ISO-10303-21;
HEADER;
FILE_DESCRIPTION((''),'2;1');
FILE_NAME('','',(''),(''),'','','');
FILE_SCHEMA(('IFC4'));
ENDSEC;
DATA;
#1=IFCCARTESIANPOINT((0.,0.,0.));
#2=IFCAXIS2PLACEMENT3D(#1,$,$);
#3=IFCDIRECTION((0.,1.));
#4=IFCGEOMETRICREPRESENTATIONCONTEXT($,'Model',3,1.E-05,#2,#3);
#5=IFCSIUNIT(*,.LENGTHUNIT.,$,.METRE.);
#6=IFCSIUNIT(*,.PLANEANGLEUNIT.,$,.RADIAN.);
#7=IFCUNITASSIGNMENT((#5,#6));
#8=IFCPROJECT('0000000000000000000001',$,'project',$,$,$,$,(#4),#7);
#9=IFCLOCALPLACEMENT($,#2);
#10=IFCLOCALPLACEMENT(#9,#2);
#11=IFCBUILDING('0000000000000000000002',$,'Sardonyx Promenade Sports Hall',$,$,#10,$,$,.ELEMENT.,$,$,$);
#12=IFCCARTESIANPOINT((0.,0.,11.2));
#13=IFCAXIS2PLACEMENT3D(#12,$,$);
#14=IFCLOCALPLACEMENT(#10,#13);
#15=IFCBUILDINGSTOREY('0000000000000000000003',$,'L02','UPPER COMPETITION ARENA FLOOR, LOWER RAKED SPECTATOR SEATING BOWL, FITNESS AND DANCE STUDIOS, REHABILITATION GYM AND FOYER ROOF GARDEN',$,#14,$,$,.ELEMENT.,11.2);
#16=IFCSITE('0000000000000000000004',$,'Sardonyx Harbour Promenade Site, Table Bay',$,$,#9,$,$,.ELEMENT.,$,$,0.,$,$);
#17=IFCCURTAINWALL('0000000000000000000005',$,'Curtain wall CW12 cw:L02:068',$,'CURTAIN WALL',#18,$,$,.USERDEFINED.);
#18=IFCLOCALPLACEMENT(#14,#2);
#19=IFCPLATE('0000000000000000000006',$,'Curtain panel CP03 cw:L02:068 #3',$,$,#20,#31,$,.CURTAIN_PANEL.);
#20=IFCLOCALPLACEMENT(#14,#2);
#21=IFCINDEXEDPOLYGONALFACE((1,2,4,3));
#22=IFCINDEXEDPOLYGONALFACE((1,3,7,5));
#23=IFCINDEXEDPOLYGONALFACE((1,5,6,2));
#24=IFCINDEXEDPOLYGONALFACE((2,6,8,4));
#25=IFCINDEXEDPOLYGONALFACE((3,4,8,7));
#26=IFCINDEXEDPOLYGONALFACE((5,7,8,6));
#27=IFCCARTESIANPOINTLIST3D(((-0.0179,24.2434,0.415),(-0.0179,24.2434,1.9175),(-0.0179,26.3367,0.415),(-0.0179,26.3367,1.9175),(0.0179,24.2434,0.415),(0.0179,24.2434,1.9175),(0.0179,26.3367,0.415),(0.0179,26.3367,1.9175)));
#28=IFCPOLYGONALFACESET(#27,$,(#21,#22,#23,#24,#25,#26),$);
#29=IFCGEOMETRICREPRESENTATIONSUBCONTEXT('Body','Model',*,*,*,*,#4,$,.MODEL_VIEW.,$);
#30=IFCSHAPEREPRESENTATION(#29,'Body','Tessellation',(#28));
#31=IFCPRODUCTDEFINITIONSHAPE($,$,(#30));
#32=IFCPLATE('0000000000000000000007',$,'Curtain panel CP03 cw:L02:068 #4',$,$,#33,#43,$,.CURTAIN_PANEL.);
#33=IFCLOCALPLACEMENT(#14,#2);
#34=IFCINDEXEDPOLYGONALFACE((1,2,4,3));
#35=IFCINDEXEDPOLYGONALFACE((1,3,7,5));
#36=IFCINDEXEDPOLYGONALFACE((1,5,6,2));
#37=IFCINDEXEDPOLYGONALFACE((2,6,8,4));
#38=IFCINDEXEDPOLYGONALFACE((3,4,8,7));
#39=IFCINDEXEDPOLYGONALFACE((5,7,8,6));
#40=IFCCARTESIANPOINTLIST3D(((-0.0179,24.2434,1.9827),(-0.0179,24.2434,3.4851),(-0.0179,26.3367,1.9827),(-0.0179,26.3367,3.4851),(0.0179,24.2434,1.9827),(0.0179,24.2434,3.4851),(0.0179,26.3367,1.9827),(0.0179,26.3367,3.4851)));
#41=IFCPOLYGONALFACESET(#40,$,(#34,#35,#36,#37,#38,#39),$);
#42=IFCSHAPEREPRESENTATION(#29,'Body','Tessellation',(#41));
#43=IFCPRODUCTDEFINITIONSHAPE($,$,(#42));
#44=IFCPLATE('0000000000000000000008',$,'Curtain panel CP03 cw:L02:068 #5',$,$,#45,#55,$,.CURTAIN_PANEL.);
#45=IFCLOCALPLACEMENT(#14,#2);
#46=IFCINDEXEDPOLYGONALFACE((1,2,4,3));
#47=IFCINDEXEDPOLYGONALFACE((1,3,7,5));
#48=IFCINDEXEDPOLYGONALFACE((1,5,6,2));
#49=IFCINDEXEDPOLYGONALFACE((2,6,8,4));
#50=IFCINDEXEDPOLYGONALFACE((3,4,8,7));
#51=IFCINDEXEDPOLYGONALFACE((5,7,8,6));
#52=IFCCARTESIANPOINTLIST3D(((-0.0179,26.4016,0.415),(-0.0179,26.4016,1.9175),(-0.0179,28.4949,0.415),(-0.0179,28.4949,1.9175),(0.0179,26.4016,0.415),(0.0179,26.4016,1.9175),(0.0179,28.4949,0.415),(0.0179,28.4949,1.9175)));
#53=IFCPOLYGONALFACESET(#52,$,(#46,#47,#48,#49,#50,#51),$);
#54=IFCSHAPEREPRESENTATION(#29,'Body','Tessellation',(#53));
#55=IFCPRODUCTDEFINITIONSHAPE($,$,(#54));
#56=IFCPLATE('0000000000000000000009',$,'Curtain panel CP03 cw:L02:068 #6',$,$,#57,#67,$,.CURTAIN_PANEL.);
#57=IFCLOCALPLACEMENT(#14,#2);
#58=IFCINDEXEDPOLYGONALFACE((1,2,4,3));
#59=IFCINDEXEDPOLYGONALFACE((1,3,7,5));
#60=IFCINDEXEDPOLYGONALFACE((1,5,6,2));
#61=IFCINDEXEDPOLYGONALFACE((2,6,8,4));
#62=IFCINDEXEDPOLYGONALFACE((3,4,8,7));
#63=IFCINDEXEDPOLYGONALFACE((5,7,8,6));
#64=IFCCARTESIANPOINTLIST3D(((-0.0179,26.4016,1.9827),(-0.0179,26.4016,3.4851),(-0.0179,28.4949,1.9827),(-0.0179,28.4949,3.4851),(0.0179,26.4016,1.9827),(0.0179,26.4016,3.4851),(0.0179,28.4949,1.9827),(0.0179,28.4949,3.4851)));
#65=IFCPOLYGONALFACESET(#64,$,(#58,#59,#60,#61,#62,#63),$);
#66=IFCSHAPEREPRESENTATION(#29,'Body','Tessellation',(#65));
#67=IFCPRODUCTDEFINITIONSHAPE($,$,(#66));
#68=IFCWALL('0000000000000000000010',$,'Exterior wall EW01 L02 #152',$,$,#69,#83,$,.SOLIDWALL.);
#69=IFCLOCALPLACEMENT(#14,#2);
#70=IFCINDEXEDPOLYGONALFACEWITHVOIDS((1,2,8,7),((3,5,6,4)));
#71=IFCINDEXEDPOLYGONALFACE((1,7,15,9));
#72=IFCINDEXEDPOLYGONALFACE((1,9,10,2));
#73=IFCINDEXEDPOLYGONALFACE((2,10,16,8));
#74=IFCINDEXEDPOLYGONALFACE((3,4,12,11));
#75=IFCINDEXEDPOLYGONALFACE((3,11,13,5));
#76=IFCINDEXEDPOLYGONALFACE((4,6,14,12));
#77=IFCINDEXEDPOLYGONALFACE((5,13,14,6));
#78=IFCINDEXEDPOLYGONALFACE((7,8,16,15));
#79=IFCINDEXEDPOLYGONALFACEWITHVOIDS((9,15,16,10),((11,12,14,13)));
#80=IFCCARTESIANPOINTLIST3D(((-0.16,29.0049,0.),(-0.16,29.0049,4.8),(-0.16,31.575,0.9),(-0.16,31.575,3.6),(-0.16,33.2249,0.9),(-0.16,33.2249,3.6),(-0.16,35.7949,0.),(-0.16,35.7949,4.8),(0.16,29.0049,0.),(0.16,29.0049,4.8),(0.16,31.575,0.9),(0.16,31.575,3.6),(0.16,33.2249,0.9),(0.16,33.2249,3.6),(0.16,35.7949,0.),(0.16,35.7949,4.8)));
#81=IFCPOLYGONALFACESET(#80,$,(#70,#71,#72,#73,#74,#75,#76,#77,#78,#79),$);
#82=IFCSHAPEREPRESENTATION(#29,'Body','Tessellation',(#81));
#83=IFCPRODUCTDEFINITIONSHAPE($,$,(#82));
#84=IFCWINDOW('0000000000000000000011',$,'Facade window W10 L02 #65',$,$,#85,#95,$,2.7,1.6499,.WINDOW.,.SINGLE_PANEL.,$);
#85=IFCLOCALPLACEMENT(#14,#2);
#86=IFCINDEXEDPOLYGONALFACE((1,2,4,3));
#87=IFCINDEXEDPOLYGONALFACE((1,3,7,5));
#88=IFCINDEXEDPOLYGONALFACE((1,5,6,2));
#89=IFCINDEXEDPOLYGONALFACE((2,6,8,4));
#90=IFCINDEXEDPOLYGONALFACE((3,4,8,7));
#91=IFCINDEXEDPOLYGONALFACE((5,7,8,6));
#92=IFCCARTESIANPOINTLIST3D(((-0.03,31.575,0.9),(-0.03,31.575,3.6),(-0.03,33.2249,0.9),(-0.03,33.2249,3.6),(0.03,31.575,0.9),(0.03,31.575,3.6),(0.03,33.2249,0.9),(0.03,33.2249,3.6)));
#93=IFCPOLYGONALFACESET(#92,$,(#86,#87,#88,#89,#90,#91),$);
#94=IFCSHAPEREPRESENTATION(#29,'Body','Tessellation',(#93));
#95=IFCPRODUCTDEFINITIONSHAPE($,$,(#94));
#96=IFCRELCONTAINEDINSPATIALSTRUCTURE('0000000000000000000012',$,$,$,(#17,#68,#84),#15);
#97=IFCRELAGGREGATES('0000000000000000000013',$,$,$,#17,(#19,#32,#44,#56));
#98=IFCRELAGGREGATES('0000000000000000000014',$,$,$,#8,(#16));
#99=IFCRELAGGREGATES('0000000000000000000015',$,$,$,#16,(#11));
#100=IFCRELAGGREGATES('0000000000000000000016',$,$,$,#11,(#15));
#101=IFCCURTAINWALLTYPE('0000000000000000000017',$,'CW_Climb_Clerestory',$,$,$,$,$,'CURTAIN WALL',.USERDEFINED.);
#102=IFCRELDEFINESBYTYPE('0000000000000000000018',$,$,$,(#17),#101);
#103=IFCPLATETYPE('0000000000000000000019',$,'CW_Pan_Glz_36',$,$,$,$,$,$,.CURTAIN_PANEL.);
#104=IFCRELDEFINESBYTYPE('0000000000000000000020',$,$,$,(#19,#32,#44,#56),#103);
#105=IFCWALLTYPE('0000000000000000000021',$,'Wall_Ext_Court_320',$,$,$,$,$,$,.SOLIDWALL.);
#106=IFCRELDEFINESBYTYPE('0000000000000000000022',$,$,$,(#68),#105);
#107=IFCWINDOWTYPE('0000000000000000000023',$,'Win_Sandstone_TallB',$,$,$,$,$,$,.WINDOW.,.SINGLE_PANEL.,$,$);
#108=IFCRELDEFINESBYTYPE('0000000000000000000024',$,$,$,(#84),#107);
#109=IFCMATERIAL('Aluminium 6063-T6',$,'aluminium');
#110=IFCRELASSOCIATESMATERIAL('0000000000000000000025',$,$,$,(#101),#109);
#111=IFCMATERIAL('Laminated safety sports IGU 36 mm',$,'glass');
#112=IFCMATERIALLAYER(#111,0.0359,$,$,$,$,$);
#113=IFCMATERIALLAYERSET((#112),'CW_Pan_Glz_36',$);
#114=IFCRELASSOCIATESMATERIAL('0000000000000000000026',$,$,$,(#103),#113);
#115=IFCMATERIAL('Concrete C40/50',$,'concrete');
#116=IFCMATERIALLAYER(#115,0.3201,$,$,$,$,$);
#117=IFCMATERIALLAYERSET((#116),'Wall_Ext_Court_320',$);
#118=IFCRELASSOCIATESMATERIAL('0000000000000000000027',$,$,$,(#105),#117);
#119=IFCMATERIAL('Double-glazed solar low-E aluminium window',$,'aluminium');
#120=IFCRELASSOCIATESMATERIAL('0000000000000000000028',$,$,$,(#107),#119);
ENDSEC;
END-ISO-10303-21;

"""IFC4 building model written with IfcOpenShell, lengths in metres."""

from ifc_helpers import new_model, si_unit, direction, frame, frame_2d, origin, origin_2d, place, context, subcontext, project, spatial, rectangle, extrude, material, layer, layer_set, type_object, element, fill, aggregate, save


model = new_model("IFC4")

# Units and contexts
model_context = context("Model", 3, precision=1e-05, world=origin(), true_north=direction((0.0, 1.0)))
body_context = subcontext(model_context, "Body", "Model", "MODEL_VIEW")
ifc_project = project(units=[si_unit("LENGTHUNIT", "METRE"), si_unit("PLANEANGLEUNIT", "RADIAN")], contexts=[model_context])

# Site, building, storey
site_placement = place(None, origin())
site = spatial("IfcSite", under=ifc_project, at=site_placement, Name="Sardonyx Harbour Promenade Site, Table Bay", CompositionType="ELEMENT", RefElevation=0.0)
building_placement = place(site_placement, origin())
building = spatial("IfcBuilding", under=site, at=building_placement, Name="Sardonyx Promenade Sports Hall", CompositionType="ELEMENT")
storey_placement = place(building_placement, frame((0.0, 0.0, 11.2)))
storey = spatial("IfcBuildingStorey", under=building, at=storey_placement, Name="L02", Description="UPPER COMPETITION ARENA FLOOR, LOWER RAKED SPECTATOR SEATING BOWL, FITNESS AND DANCE STUDIOS, REHABILITATION GYM AND FOYER ROOF GARDEN", CompositionType="ELEMENT", Elevation=11.2)

# Curtain wall, plates
ifc_material_1 = material(Name="Aluminium 6063-T6", Category="aluminium")
curtain_wall_type = type_object("IfcCurtainWallType", Name="CW_Climb_Clerestory", ElementType="CURTAIN WALL", PredefinedType="USERDEFINED", material=ifc_material_1)
curtain_wall_placement = place(storey_placement, origin())
curtain_wall = element("IfcCurtainWall", 1, at=curtain_wall_placement, inside=storey, type_object=curtain_wall_type, Name="Curtain wall CW12 cw:L02:068", ObjectType="CURTAIN WALL", PredefinedType="USERDEFINED")
ifc_material_2 = material(Name="Laminated safety sports IGU 36 mm", Category="glass")
ifc_layer_1 = layer(ifc_material_2, 0.0359)
ifc_layer_set_1 = layer_set([ifc_layer_1], Name="CW_Pan_Glz_36")
plate_type = type_object("IfcPlateType", Name="CW_Pan_Glz_36", PredefinedType="CURTAIN_PANEL", material=ifc_layer_set_1)
plate_1_placement = place(storey_placement, frame((0.0, 25.29, 0.415), z_axis=(0.0, 0.0, 1.0), x_axis=(0.0, 1.0, 0.0)))
plate_1 = element("IfcPlate", 2, at=plate_1_placement, type_object=plate_type, Name="Curtain panel CP03 cw:L02:068 #3", PredefinedType="CURTAIN_PANEL", context=body_context, shape_type="SweptSolid", body=[
    extrude(rectangle(XDim=2.0933, YDim=0.0359, at=origin_2d()), origin(), (0.0, 0.0, 1.0), 1.5024),
])
plate_2_placement = place(storey_placement, frame((0.0, 25.29, 1.9827), z_axis=(0.0, 0.0, 1.0), x_axis=(0.0, 1.0, 0.0)))
plate_2 = element("IfcPlate", 3, at=plate_2_placement, type_object=plate_type, Name="Curtain panel CP03 cw:L02:068 #4", PredefinedType="CURTAIN_PANEL", context=body_context, shape_type="SweptSolid", body=[
    extrude(rectangle(XDim=2.0933, YDim=0.0359, at=origin_2d()), origin(), (0.0, 0.0, 1.0), 1.5024),
])
plate_3_placement = place(storey_placement, frame((0.0, 27.4482, 0.415), z_axis=(0.0, 0.0, 1.0), x_axis=(0.0, 1.0, 0.0)))
plate_3 = element("IfcPlate", 4, at=plate_3_placement, type_object=plate_type, Name="Curtain panel CP03 cw:L02:068 #5", PredefinedType="CURTAIN_PANEL", context=body_context, shape_type="SweptSolid", body=[
    extrude(rectangle(XDim=2.0933, YDim=0.0359, at=origin_2d()), origin(), (0.0, 0.0, 1.0), 1.5024),
])
plate_4_placement = place(storey_placement, frame((0.0, 27.4482, 1.9827), z_axis=(0.0, 0.0, 1.0), x_axis=(0.0, 1.0, 0.0)))
plate_4 = element("IfcPlate", 5, at=plate_4_placement, type_object=plate_type, Name="Curtain panel CP03 cw:L02:068 #6", PredefinedType="CURTAIN_PANEL", context=body_context, shape_type="SweptSolid", body=[
    extrude(rectangle(XDim=2.0933, YDim=0.0359, at=origin_2d()), origin(), (0.0, 0.0, 1.0), 1.5024),
])
aggregate(curtain_wall, [plate_1, plate_2, plate_3, plate_4])

# Wall, opening, window
ifc_material_3 = material(Name="Concrete C40/50", Category="concrete")
ifc_layer_2 = layer(ifc_material_3, 0.3201)
ifc_layer_set_2 = layer_set([ifc_layer_2], Name="Wall_Ext_Court_320")
wall_type = type_object("IfcWallType", Name="Wall_Ext_Court_320", PredefinedType="SOLIDWALL", material=ifc_layer_set_2)
wall_placement = place(storey_placement, frame((0.0, 29.0049, 0.0), z_axis=(0.0, 0.0, 1.0), x_axis=(0.0, 1.0, 0.0)))
wall = element("IfcWall", 6, at=wall_placement, inside=storey, type_object=wall_type, Name="Exterior wall EW01 L02 #152", PredefinedType="SOLIDWALL", context=body_context, shape_type="SweptSolid", body=[
    extrude(rectangle(XDim=6.79, YDim=0.3201, at=frame_2d((3.395, 0.0))), origin(), (0.0, 0.0, 1.0), 4.8),
])
opening_placement = place(wall_placement, frame((2.5701, 0.0, 0.8999)))
opening = element("IfcOpeningElement", 7, at=opening_placement, cuts=wall, PredefinedType="OPENING", context=body_context, shape_type="SweptSolid", body=[
    extrude(rectangle(XDim=1.6499, YDim=2.7, at=frame_2d((0.825, 1.3501))), frame((0.0, 0.17, 0.0), z_axis=(0.0, -1.0, 0.0), x_axis=(1.0, 0.0, 0.0)), (0.0, 0.0, 1.0), 0.34),
])
ifc_material_4 = material(Name="Double-glazed solar low-E aluminium window", Category="aluminium")
window_type = type_object("IfcWindowType", Name="Win_Sandstone_TallB", PartitioningType="SINGLE_PANEL", PredefinedType="WINDOW", material=ifc_material_4)
window_placement = place(opening_placement, origin())
window = element("IfcWindow", 8, at=window_placement, inside=storey, type_object=window_type, Name="Facade window W10 L02 #65", OverallHeight=2.7, OverallWidth=1.6499, PartitioningType="SINGLE_PANEL", PredefinedType="WINDOW", context=body_context, shape_type="SweptSolid", body=[
    extrude(rectangle(XDim=1.6499, YDim=2.7, at=frame_2d((0.825, 1.3501))), frame((0.0, 0.03, 0.0), z_axis=(0.0, -1.0, 0.0), x_axis=(1.0, 0.0, 0.0)), (0.0, 0.0, 1.0), 0.0601),
])
fill(opening, window)

save(model, "model.ifc")
